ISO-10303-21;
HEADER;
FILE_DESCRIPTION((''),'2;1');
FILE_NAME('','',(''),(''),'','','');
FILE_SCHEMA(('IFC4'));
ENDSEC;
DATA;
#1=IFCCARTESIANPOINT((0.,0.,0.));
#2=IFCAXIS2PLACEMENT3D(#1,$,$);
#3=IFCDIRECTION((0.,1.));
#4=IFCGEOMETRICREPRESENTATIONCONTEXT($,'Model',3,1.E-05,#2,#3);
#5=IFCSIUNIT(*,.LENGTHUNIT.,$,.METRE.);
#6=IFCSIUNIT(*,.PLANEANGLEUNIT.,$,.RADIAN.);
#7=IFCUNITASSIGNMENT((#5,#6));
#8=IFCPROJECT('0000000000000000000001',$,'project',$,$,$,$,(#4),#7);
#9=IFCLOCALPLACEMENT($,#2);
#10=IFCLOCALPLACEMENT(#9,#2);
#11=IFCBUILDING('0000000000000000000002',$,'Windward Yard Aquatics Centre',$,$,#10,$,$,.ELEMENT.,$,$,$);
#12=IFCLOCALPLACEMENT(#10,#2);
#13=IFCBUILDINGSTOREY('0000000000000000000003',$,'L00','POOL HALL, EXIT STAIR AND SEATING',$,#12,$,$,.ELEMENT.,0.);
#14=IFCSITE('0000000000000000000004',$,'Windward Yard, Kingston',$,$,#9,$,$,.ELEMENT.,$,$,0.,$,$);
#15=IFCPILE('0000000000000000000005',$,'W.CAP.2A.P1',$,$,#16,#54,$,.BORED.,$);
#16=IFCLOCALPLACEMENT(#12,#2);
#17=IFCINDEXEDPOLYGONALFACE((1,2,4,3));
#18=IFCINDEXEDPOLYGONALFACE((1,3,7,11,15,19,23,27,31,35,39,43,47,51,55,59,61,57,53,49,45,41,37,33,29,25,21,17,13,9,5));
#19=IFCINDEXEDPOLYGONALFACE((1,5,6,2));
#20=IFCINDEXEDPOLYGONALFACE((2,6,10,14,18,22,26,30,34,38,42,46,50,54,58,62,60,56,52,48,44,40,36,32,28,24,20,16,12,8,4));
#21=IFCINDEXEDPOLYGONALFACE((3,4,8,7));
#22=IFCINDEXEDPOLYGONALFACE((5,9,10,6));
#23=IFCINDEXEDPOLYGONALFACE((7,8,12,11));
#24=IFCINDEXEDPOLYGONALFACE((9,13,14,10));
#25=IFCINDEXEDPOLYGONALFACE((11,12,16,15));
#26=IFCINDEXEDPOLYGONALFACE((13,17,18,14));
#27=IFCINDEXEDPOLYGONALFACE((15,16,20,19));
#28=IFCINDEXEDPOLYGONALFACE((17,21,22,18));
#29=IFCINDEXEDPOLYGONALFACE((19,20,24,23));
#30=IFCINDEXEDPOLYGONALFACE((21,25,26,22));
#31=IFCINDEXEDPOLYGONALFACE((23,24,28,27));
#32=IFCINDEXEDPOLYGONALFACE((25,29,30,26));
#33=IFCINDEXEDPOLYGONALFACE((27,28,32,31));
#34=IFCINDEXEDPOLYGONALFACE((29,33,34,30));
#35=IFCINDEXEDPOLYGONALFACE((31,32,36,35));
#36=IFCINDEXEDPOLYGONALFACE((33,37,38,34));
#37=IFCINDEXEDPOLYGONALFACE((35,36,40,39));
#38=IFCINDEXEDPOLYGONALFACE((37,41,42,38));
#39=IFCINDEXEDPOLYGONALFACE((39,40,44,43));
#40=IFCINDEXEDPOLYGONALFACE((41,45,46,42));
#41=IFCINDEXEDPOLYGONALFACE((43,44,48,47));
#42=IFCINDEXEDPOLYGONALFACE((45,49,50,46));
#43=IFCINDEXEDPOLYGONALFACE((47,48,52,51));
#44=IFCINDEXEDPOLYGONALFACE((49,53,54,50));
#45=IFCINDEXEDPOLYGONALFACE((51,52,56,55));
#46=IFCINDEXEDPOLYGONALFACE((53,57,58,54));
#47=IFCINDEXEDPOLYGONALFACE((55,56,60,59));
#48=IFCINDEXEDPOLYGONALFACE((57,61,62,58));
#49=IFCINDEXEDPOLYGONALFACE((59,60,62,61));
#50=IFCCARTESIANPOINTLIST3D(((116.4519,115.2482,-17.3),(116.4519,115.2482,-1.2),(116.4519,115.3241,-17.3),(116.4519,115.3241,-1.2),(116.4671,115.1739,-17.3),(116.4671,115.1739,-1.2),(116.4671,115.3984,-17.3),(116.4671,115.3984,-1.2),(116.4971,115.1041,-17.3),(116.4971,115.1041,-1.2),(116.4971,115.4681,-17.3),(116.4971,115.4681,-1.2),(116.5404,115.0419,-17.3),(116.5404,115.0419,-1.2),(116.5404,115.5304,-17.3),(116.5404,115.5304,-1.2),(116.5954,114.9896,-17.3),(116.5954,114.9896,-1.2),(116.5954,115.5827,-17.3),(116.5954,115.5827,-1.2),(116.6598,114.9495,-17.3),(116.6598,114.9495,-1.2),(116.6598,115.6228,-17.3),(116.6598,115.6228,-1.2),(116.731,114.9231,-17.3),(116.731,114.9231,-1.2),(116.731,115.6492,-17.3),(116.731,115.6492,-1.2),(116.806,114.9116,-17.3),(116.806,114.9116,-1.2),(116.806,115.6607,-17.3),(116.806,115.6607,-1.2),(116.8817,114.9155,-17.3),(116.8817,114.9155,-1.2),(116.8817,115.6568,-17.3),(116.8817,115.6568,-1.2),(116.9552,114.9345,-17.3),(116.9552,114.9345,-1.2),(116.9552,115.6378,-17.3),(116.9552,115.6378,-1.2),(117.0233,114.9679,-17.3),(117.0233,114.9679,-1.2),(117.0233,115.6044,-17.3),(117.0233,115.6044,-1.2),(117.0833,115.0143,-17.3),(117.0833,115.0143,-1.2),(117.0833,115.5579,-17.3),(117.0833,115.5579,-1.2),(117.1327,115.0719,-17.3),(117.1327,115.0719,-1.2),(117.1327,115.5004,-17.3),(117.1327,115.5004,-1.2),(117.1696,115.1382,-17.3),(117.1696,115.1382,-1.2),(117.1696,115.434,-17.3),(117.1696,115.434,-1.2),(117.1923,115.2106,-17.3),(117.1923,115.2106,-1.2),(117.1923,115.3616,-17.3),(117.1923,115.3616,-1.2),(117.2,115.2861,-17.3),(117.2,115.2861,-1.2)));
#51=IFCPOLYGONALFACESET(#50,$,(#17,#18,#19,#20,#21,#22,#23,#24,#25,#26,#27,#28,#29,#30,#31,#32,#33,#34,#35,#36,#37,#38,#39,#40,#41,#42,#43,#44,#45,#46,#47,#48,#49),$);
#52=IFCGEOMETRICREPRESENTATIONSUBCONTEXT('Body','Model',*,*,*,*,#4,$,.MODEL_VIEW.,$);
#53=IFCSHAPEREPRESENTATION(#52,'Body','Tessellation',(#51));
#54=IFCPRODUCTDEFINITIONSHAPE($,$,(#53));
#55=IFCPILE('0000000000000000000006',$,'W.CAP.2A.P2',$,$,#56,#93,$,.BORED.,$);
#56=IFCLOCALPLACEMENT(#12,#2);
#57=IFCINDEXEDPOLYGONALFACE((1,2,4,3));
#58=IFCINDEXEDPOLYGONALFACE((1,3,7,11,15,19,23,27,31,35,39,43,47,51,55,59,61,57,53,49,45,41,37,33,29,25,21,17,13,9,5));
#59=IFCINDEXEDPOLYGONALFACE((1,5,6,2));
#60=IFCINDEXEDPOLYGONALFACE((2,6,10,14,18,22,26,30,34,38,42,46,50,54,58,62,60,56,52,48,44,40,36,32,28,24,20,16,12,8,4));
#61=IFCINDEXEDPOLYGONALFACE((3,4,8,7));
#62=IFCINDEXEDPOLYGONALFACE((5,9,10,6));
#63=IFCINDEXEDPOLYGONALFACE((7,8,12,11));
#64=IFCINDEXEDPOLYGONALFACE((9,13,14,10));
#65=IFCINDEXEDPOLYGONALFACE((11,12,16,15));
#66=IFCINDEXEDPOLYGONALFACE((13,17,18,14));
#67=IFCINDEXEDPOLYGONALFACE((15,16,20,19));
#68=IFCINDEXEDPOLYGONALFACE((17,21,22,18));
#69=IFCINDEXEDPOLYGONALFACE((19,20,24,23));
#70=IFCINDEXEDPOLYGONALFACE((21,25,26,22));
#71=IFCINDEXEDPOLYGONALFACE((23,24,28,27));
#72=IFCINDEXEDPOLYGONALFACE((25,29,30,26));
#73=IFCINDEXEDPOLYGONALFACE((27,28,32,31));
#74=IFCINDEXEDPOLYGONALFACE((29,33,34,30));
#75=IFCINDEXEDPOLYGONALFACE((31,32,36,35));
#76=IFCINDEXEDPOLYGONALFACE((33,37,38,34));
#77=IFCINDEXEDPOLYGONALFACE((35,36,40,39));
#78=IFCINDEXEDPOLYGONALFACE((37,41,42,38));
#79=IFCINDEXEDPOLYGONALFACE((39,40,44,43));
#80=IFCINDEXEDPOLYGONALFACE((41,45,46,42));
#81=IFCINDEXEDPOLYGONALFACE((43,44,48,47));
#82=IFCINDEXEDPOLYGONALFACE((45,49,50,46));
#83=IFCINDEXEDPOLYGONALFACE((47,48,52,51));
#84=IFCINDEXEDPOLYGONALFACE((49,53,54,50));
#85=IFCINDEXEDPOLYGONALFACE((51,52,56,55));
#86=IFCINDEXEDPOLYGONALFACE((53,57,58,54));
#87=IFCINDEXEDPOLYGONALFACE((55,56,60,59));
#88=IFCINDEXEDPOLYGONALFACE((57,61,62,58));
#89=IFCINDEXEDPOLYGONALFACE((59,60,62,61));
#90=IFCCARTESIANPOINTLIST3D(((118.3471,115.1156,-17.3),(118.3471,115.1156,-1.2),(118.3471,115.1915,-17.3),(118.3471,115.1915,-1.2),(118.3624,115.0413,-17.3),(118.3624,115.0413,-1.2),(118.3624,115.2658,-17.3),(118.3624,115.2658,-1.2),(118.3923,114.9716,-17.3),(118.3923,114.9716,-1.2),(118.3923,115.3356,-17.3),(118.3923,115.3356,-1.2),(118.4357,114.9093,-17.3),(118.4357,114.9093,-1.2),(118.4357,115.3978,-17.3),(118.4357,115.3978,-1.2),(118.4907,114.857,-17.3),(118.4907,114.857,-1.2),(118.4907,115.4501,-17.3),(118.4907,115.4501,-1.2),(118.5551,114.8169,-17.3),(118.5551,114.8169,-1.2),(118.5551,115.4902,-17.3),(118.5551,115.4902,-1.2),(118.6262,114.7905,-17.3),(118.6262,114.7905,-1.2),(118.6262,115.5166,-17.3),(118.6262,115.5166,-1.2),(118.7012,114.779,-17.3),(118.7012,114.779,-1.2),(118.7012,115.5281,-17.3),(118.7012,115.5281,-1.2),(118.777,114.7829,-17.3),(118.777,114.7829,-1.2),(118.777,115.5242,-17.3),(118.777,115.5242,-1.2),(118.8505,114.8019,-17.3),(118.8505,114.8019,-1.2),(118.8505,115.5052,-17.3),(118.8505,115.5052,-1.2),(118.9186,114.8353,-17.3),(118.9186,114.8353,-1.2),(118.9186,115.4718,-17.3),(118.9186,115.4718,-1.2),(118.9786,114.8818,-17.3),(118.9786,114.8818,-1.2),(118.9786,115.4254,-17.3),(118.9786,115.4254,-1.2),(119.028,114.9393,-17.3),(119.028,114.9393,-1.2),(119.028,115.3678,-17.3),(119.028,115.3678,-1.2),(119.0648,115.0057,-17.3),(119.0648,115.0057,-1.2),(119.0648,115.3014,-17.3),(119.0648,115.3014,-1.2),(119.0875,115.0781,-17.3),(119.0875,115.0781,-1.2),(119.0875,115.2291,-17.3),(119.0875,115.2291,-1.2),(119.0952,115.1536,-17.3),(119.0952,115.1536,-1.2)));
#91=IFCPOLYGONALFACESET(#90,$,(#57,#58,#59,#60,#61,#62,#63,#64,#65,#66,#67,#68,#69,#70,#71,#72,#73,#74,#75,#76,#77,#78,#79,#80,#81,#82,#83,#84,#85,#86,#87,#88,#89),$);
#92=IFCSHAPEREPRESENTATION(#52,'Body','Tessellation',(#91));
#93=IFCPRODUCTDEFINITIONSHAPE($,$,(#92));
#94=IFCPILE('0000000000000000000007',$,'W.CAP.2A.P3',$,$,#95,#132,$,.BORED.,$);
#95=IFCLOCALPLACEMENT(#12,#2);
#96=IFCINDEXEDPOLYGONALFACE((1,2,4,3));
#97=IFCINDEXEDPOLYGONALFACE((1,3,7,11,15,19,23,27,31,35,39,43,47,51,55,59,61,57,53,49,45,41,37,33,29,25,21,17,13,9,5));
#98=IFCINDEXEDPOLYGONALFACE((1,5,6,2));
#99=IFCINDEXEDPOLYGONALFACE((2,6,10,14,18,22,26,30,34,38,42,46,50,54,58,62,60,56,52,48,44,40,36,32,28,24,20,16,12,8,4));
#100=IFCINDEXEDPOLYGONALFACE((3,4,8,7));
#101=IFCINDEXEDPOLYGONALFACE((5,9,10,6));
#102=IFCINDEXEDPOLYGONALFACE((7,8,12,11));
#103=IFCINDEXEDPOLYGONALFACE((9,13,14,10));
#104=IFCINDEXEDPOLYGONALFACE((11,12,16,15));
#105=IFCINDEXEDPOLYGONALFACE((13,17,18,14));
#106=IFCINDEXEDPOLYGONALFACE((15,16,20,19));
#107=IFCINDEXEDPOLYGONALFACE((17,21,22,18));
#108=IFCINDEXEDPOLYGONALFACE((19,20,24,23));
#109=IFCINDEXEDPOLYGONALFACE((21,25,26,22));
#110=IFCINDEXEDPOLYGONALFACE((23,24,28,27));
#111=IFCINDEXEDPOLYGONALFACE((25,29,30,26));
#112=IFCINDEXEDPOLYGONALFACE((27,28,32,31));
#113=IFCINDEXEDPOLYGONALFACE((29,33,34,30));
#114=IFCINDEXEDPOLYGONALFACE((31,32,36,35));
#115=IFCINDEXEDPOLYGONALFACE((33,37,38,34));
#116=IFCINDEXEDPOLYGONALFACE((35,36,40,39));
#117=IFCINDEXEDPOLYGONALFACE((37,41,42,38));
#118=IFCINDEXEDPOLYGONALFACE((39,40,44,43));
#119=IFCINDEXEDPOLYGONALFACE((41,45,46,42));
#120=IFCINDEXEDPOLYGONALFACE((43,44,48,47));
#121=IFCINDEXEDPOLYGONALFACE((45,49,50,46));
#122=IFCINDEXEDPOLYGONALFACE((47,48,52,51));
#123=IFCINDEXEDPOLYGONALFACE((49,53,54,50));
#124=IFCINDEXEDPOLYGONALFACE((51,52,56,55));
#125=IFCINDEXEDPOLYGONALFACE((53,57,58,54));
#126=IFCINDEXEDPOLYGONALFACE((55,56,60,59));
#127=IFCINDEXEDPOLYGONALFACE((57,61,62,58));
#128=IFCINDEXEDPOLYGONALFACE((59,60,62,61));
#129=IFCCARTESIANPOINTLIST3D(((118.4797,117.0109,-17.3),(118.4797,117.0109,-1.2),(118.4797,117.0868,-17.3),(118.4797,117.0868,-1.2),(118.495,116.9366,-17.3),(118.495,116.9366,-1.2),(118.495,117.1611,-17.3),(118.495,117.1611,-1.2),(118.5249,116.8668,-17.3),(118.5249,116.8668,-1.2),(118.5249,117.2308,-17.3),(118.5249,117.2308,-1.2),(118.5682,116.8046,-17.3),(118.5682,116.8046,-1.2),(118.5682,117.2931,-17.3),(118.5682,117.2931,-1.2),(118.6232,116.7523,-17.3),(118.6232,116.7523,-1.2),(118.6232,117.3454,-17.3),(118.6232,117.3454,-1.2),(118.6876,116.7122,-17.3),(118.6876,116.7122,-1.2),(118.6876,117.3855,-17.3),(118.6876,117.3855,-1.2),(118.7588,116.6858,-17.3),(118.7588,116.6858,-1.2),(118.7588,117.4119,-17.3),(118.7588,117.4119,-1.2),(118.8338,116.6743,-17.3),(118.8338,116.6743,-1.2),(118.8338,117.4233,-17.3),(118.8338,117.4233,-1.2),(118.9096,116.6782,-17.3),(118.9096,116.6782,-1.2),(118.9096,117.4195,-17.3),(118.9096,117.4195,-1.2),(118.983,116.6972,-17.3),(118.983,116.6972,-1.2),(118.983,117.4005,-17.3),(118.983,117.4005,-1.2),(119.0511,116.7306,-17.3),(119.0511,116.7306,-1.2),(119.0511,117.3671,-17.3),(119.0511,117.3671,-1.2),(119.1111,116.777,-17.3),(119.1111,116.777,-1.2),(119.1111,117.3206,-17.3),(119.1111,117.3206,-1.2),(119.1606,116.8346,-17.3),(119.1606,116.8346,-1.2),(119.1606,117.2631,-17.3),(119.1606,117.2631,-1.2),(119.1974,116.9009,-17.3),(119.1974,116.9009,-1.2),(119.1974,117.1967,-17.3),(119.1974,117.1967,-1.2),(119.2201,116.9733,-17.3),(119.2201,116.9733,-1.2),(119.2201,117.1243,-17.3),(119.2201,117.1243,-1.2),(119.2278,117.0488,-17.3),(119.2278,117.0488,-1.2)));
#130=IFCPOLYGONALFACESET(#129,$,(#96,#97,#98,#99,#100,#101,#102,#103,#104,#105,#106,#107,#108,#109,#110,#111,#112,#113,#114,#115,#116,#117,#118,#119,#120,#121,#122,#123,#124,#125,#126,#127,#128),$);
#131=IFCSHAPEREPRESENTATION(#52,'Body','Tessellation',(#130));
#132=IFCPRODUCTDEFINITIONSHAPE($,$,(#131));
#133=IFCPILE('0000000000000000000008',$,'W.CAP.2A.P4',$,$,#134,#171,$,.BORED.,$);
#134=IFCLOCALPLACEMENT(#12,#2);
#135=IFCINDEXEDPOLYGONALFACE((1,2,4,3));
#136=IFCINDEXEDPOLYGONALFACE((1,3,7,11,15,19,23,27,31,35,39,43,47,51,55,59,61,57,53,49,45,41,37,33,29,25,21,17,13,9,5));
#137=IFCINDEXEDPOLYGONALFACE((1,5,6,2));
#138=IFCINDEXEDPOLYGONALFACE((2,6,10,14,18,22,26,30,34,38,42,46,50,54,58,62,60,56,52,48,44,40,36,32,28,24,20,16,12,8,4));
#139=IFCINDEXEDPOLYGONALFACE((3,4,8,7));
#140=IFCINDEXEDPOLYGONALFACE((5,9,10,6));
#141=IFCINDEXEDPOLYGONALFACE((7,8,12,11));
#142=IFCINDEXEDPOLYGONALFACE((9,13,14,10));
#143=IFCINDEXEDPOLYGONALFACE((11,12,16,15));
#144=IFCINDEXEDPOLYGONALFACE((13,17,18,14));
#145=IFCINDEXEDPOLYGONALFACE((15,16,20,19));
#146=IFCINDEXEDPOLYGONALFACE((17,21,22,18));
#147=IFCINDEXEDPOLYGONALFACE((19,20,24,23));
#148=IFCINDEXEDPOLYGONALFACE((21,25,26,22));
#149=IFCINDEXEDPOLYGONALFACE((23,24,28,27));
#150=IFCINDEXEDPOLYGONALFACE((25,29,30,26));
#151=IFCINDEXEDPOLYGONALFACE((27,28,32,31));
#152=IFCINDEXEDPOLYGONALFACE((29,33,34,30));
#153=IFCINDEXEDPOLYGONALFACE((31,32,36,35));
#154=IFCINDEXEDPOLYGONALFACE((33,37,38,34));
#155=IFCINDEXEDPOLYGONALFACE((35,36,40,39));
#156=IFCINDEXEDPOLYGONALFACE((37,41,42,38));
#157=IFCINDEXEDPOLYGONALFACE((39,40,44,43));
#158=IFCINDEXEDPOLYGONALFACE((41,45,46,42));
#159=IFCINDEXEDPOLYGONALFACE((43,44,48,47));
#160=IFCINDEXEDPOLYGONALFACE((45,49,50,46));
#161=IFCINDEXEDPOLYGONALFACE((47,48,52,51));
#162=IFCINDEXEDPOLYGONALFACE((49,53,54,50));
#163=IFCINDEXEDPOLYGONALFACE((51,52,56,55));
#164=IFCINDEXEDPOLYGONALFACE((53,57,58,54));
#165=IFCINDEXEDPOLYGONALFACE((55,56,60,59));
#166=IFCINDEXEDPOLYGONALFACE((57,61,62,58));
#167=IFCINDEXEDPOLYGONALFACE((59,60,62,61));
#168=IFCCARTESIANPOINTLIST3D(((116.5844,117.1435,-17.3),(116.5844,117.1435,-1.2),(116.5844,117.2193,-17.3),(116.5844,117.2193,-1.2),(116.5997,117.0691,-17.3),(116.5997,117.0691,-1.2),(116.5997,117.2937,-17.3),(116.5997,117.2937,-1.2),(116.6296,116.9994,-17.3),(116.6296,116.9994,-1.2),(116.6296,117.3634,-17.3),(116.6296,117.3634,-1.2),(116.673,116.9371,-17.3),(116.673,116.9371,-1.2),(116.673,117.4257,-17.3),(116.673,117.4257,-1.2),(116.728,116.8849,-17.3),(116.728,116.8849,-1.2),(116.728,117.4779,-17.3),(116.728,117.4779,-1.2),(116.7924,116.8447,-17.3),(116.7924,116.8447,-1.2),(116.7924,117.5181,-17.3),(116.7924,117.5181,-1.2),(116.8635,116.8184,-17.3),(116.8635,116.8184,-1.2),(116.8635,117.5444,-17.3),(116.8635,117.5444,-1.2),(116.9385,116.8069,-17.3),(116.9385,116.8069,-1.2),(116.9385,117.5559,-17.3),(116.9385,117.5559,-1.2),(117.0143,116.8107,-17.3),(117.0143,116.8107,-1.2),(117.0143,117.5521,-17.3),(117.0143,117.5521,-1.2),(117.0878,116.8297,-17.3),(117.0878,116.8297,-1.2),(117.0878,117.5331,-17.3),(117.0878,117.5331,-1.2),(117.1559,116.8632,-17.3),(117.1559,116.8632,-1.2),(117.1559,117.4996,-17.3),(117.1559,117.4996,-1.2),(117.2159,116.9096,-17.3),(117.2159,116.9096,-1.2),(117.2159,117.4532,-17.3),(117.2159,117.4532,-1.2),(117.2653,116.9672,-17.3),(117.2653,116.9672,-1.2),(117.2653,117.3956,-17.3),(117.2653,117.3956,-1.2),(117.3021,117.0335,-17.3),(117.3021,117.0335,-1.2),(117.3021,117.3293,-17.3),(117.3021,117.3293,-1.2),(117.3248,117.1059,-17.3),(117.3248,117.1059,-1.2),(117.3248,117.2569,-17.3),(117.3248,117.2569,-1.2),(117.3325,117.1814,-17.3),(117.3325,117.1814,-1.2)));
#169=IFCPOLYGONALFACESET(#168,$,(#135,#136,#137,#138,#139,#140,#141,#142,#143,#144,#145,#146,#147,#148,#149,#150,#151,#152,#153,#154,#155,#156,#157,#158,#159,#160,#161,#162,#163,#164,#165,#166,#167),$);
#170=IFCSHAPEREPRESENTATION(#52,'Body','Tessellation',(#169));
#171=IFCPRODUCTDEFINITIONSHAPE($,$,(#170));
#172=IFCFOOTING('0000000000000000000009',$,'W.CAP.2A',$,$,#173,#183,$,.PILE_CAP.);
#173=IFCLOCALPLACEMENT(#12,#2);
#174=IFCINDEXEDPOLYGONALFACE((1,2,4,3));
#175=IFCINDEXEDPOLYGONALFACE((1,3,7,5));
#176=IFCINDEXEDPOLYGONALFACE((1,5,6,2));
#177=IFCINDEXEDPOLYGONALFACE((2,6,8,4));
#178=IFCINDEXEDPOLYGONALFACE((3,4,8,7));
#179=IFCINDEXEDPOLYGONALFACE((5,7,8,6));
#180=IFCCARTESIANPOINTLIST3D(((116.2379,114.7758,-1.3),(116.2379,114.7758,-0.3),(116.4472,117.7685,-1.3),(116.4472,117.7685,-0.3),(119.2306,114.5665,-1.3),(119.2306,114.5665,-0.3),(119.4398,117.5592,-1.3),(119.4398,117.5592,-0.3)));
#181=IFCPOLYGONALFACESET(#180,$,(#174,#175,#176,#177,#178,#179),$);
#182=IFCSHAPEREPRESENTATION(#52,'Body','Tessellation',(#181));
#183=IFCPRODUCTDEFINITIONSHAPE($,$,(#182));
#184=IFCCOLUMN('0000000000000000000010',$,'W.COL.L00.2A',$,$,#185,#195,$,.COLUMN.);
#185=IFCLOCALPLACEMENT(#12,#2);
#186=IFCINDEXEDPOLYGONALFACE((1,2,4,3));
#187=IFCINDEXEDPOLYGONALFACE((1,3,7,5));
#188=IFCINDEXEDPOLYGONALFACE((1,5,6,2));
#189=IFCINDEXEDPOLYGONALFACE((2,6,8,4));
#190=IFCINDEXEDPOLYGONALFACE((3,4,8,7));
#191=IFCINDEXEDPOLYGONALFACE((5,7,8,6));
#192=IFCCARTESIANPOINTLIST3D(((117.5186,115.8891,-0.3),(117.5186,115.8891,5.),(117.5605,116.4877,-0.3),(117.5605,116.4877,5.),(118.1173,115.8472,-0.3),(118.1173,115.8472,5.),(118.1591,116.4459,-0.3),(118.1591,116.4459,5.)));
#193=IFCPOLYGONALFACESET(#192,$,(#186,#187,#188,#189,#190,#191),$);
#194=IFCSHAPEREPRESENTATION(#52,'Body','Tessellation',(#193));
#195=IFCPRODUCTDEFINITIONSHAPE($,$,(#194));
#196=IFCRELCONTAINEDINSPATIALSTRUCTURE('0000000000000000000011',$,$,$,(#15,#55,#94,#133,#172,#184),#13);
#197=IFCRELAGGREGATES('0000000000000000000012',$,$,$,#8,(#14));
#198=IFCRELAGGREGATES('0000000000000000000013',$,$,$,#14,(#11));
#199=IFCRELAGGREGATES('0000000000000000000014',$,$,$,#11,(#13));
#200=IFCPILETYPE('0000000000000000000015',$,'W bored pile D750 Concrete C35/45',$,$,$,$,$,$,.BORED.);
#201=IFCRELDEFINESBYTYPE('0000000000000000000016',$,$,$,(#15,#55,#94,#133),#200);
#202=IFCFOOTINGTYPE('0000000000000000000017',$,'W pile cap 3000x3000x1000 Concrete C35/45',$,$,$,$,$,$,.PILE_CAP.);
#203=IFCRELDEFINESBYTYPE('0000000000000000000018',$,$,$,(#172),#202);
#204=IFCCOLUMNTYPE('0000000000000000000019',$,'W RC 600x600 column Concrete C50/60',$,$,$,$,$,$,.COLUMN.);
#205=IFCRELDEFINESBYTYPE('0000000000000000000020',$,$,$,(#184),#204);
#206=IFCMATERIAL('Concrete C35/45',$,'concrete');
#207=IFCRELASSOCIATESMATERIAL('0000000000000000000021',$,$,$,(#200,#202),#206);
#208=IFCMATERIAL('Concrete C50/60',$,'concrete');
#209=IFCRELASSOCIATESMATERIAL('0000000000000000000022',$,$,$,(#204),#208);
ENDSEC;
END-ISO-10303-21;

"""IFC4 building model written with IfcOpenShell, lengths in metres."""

from ifc_helpers import new_model, si_unit, direction, frame, origin, origin_2d, place, context, subcontext, project, spatial, rectangle, circle, extrude, material, material_profile, profile_set, type_object, element, save


model = new_model("IFC4")

# Units and contexts
model_context = context("Model", 3, precision=1e-05, world=origin(), true_north=direction((0.0, 1.0)))
body_context = subcontext(model_context, "Body", "Model", "MODEL_VIEW")
ifc_project = project(units=[si_unit("LENGTHUNIT", "METRE"), si_unit("PLANEANGLEUNIT", "RADIAN")], contexts=[model_context])

# Site, building, storey
site_placement = place(None, origin())
site = spatial("IfcSite", under=ifc_project, at=site_placement, Name="Windward Yard, Kingston", CompositionType="ELEMENT", RefElevation=0.0)
building_placement = place(site_placement, origin())
building = spatial("IfcBuilding", under=site, at=building_placement, Name="Windward Yard Aquatics Centre", CompositionType="ELEMENT")
storey_placement = place(building_placement, origin())
storey = spatial("IfcBuildingStorey", under=building, at=storey_placement, Name="L00", Description="POOL HALL, EXIT STAIR AND SEATING", CompositionType="ELEMENT", Elevation=0.0)

# Piles
ifc_material_1 = material(Name="Concrete C35/45", Category="concrete")
ifc_material_profile_1 = material_profile(ifc_material_1, circle(Radius=0.375, at=origin_2d()), Name="D750")
ifc_profile_set_1 = profile_set([ifc_material_profile_1], Name="Concrete C35/45")
pile_type = type_object("IfcPileType", Name="W bored pile D750 Concrete C35/45", PredefinedType="BORED", material=ifc_profile_set_1)
for number, where, z_axis, x_axis, name in (
    (1, (116.825, 115.2861, -1.2), (0.0, 0.0, -1.0), (1.0, 0.0, 0.0), "W.CAP.2A.P1"),
    (2, (118.7202, 115.1536, -1.2), (0.0, 0.0, -1.0), (1.0, 0.0, 0.0), "W.CAP.2A.P2"),
    (3, (118.8528, 117.0488, -1.2), (0.0, 0.0, -1.0), (1.0, 0.0, 0.0), "W.CAP.2A.P3"),
    (4, (116.9575, 117.1814, -1.2), (0.0, 0.0, -1.0), (1.0, 0.0, 0.0), "W.CAP.2A.P4"),
):
    element("IfcPile", number, at=place(storey_placement, frame(where, z_axis=z_axis, x_axis=x_axis)), inside=storey, type_object=pile_type, Name=name, PredefinedType="BORED", context=body_context, shape_type="SweptSolid", body=[
        extrude(circle(Radius=0.375, at=origin_2d()), origin(), (0.0, 0.0, 1.0), 16.1001),
    ])

# Footing
footing_type = type_object("IfcFootingType", Name="W pile cap 3000x3000x1000 Concrete C35/45", PredefinedType="PILE_CAP", material=ifc_material_1)
footing_placement = place(storey_placement, frame((117.8389, 116.1675, -1.3), z_axis=(0.0, 0.0, 1.0), x_axis=(0.997564, -0.069756, 0.0)))
element("IfcFooting", 5, at=footing_placement, inside=storey, type_object=footing_type, Name="W.CAP.2A", PredefinedType="PILE_CAP", context=body_context, shape_type="SweptSolid", body=[
    extrude(rectangle(XDim=3.0, YDim=3.0, at=origin_2d()), origin(), (0.0, 0.0, 1.0), 1.0),
])

# Column
ifc_material_2 = material(Name="Concrete C50/60", Category="concrete")
ifc_material_profile_2 = material_profile(ifc_material_2, rectangle(XDim=0.6001, YDim=0.6001, at=origin_2d()), Name="RC 600x600")
ifc_profile_set_2 = profile_set([ifc_material_profile_2], Name="Concrete C50/60")
column_type = type_object("IfcColumnType", Name="W RC 600x600 column Concrete C50/60", PredefinedType="COLUMN", material=ifc_profile_set_2)
column_placement = place(storey_placement, frame((117.8389, 116.1675, -0.3), z_axis=(0.0, 0.0, 1.0), x_axis=(0.997564, -0.069756, 0.0)))
element("IfcColumn", 6, at=column_placement, inside=storey, type_object=column_type, Name="W.COL.L00.2A", PredefinedType="COLUMN", context=body_context, shape_type="SweptSolid", body=[
    extrude(rectangle(XDim=0.6001, YDim=0.6001, at=origin_2d()), origin(), (0.0, 0.0, 1.0), 5.3),
])

save(model, "model.ifc")
